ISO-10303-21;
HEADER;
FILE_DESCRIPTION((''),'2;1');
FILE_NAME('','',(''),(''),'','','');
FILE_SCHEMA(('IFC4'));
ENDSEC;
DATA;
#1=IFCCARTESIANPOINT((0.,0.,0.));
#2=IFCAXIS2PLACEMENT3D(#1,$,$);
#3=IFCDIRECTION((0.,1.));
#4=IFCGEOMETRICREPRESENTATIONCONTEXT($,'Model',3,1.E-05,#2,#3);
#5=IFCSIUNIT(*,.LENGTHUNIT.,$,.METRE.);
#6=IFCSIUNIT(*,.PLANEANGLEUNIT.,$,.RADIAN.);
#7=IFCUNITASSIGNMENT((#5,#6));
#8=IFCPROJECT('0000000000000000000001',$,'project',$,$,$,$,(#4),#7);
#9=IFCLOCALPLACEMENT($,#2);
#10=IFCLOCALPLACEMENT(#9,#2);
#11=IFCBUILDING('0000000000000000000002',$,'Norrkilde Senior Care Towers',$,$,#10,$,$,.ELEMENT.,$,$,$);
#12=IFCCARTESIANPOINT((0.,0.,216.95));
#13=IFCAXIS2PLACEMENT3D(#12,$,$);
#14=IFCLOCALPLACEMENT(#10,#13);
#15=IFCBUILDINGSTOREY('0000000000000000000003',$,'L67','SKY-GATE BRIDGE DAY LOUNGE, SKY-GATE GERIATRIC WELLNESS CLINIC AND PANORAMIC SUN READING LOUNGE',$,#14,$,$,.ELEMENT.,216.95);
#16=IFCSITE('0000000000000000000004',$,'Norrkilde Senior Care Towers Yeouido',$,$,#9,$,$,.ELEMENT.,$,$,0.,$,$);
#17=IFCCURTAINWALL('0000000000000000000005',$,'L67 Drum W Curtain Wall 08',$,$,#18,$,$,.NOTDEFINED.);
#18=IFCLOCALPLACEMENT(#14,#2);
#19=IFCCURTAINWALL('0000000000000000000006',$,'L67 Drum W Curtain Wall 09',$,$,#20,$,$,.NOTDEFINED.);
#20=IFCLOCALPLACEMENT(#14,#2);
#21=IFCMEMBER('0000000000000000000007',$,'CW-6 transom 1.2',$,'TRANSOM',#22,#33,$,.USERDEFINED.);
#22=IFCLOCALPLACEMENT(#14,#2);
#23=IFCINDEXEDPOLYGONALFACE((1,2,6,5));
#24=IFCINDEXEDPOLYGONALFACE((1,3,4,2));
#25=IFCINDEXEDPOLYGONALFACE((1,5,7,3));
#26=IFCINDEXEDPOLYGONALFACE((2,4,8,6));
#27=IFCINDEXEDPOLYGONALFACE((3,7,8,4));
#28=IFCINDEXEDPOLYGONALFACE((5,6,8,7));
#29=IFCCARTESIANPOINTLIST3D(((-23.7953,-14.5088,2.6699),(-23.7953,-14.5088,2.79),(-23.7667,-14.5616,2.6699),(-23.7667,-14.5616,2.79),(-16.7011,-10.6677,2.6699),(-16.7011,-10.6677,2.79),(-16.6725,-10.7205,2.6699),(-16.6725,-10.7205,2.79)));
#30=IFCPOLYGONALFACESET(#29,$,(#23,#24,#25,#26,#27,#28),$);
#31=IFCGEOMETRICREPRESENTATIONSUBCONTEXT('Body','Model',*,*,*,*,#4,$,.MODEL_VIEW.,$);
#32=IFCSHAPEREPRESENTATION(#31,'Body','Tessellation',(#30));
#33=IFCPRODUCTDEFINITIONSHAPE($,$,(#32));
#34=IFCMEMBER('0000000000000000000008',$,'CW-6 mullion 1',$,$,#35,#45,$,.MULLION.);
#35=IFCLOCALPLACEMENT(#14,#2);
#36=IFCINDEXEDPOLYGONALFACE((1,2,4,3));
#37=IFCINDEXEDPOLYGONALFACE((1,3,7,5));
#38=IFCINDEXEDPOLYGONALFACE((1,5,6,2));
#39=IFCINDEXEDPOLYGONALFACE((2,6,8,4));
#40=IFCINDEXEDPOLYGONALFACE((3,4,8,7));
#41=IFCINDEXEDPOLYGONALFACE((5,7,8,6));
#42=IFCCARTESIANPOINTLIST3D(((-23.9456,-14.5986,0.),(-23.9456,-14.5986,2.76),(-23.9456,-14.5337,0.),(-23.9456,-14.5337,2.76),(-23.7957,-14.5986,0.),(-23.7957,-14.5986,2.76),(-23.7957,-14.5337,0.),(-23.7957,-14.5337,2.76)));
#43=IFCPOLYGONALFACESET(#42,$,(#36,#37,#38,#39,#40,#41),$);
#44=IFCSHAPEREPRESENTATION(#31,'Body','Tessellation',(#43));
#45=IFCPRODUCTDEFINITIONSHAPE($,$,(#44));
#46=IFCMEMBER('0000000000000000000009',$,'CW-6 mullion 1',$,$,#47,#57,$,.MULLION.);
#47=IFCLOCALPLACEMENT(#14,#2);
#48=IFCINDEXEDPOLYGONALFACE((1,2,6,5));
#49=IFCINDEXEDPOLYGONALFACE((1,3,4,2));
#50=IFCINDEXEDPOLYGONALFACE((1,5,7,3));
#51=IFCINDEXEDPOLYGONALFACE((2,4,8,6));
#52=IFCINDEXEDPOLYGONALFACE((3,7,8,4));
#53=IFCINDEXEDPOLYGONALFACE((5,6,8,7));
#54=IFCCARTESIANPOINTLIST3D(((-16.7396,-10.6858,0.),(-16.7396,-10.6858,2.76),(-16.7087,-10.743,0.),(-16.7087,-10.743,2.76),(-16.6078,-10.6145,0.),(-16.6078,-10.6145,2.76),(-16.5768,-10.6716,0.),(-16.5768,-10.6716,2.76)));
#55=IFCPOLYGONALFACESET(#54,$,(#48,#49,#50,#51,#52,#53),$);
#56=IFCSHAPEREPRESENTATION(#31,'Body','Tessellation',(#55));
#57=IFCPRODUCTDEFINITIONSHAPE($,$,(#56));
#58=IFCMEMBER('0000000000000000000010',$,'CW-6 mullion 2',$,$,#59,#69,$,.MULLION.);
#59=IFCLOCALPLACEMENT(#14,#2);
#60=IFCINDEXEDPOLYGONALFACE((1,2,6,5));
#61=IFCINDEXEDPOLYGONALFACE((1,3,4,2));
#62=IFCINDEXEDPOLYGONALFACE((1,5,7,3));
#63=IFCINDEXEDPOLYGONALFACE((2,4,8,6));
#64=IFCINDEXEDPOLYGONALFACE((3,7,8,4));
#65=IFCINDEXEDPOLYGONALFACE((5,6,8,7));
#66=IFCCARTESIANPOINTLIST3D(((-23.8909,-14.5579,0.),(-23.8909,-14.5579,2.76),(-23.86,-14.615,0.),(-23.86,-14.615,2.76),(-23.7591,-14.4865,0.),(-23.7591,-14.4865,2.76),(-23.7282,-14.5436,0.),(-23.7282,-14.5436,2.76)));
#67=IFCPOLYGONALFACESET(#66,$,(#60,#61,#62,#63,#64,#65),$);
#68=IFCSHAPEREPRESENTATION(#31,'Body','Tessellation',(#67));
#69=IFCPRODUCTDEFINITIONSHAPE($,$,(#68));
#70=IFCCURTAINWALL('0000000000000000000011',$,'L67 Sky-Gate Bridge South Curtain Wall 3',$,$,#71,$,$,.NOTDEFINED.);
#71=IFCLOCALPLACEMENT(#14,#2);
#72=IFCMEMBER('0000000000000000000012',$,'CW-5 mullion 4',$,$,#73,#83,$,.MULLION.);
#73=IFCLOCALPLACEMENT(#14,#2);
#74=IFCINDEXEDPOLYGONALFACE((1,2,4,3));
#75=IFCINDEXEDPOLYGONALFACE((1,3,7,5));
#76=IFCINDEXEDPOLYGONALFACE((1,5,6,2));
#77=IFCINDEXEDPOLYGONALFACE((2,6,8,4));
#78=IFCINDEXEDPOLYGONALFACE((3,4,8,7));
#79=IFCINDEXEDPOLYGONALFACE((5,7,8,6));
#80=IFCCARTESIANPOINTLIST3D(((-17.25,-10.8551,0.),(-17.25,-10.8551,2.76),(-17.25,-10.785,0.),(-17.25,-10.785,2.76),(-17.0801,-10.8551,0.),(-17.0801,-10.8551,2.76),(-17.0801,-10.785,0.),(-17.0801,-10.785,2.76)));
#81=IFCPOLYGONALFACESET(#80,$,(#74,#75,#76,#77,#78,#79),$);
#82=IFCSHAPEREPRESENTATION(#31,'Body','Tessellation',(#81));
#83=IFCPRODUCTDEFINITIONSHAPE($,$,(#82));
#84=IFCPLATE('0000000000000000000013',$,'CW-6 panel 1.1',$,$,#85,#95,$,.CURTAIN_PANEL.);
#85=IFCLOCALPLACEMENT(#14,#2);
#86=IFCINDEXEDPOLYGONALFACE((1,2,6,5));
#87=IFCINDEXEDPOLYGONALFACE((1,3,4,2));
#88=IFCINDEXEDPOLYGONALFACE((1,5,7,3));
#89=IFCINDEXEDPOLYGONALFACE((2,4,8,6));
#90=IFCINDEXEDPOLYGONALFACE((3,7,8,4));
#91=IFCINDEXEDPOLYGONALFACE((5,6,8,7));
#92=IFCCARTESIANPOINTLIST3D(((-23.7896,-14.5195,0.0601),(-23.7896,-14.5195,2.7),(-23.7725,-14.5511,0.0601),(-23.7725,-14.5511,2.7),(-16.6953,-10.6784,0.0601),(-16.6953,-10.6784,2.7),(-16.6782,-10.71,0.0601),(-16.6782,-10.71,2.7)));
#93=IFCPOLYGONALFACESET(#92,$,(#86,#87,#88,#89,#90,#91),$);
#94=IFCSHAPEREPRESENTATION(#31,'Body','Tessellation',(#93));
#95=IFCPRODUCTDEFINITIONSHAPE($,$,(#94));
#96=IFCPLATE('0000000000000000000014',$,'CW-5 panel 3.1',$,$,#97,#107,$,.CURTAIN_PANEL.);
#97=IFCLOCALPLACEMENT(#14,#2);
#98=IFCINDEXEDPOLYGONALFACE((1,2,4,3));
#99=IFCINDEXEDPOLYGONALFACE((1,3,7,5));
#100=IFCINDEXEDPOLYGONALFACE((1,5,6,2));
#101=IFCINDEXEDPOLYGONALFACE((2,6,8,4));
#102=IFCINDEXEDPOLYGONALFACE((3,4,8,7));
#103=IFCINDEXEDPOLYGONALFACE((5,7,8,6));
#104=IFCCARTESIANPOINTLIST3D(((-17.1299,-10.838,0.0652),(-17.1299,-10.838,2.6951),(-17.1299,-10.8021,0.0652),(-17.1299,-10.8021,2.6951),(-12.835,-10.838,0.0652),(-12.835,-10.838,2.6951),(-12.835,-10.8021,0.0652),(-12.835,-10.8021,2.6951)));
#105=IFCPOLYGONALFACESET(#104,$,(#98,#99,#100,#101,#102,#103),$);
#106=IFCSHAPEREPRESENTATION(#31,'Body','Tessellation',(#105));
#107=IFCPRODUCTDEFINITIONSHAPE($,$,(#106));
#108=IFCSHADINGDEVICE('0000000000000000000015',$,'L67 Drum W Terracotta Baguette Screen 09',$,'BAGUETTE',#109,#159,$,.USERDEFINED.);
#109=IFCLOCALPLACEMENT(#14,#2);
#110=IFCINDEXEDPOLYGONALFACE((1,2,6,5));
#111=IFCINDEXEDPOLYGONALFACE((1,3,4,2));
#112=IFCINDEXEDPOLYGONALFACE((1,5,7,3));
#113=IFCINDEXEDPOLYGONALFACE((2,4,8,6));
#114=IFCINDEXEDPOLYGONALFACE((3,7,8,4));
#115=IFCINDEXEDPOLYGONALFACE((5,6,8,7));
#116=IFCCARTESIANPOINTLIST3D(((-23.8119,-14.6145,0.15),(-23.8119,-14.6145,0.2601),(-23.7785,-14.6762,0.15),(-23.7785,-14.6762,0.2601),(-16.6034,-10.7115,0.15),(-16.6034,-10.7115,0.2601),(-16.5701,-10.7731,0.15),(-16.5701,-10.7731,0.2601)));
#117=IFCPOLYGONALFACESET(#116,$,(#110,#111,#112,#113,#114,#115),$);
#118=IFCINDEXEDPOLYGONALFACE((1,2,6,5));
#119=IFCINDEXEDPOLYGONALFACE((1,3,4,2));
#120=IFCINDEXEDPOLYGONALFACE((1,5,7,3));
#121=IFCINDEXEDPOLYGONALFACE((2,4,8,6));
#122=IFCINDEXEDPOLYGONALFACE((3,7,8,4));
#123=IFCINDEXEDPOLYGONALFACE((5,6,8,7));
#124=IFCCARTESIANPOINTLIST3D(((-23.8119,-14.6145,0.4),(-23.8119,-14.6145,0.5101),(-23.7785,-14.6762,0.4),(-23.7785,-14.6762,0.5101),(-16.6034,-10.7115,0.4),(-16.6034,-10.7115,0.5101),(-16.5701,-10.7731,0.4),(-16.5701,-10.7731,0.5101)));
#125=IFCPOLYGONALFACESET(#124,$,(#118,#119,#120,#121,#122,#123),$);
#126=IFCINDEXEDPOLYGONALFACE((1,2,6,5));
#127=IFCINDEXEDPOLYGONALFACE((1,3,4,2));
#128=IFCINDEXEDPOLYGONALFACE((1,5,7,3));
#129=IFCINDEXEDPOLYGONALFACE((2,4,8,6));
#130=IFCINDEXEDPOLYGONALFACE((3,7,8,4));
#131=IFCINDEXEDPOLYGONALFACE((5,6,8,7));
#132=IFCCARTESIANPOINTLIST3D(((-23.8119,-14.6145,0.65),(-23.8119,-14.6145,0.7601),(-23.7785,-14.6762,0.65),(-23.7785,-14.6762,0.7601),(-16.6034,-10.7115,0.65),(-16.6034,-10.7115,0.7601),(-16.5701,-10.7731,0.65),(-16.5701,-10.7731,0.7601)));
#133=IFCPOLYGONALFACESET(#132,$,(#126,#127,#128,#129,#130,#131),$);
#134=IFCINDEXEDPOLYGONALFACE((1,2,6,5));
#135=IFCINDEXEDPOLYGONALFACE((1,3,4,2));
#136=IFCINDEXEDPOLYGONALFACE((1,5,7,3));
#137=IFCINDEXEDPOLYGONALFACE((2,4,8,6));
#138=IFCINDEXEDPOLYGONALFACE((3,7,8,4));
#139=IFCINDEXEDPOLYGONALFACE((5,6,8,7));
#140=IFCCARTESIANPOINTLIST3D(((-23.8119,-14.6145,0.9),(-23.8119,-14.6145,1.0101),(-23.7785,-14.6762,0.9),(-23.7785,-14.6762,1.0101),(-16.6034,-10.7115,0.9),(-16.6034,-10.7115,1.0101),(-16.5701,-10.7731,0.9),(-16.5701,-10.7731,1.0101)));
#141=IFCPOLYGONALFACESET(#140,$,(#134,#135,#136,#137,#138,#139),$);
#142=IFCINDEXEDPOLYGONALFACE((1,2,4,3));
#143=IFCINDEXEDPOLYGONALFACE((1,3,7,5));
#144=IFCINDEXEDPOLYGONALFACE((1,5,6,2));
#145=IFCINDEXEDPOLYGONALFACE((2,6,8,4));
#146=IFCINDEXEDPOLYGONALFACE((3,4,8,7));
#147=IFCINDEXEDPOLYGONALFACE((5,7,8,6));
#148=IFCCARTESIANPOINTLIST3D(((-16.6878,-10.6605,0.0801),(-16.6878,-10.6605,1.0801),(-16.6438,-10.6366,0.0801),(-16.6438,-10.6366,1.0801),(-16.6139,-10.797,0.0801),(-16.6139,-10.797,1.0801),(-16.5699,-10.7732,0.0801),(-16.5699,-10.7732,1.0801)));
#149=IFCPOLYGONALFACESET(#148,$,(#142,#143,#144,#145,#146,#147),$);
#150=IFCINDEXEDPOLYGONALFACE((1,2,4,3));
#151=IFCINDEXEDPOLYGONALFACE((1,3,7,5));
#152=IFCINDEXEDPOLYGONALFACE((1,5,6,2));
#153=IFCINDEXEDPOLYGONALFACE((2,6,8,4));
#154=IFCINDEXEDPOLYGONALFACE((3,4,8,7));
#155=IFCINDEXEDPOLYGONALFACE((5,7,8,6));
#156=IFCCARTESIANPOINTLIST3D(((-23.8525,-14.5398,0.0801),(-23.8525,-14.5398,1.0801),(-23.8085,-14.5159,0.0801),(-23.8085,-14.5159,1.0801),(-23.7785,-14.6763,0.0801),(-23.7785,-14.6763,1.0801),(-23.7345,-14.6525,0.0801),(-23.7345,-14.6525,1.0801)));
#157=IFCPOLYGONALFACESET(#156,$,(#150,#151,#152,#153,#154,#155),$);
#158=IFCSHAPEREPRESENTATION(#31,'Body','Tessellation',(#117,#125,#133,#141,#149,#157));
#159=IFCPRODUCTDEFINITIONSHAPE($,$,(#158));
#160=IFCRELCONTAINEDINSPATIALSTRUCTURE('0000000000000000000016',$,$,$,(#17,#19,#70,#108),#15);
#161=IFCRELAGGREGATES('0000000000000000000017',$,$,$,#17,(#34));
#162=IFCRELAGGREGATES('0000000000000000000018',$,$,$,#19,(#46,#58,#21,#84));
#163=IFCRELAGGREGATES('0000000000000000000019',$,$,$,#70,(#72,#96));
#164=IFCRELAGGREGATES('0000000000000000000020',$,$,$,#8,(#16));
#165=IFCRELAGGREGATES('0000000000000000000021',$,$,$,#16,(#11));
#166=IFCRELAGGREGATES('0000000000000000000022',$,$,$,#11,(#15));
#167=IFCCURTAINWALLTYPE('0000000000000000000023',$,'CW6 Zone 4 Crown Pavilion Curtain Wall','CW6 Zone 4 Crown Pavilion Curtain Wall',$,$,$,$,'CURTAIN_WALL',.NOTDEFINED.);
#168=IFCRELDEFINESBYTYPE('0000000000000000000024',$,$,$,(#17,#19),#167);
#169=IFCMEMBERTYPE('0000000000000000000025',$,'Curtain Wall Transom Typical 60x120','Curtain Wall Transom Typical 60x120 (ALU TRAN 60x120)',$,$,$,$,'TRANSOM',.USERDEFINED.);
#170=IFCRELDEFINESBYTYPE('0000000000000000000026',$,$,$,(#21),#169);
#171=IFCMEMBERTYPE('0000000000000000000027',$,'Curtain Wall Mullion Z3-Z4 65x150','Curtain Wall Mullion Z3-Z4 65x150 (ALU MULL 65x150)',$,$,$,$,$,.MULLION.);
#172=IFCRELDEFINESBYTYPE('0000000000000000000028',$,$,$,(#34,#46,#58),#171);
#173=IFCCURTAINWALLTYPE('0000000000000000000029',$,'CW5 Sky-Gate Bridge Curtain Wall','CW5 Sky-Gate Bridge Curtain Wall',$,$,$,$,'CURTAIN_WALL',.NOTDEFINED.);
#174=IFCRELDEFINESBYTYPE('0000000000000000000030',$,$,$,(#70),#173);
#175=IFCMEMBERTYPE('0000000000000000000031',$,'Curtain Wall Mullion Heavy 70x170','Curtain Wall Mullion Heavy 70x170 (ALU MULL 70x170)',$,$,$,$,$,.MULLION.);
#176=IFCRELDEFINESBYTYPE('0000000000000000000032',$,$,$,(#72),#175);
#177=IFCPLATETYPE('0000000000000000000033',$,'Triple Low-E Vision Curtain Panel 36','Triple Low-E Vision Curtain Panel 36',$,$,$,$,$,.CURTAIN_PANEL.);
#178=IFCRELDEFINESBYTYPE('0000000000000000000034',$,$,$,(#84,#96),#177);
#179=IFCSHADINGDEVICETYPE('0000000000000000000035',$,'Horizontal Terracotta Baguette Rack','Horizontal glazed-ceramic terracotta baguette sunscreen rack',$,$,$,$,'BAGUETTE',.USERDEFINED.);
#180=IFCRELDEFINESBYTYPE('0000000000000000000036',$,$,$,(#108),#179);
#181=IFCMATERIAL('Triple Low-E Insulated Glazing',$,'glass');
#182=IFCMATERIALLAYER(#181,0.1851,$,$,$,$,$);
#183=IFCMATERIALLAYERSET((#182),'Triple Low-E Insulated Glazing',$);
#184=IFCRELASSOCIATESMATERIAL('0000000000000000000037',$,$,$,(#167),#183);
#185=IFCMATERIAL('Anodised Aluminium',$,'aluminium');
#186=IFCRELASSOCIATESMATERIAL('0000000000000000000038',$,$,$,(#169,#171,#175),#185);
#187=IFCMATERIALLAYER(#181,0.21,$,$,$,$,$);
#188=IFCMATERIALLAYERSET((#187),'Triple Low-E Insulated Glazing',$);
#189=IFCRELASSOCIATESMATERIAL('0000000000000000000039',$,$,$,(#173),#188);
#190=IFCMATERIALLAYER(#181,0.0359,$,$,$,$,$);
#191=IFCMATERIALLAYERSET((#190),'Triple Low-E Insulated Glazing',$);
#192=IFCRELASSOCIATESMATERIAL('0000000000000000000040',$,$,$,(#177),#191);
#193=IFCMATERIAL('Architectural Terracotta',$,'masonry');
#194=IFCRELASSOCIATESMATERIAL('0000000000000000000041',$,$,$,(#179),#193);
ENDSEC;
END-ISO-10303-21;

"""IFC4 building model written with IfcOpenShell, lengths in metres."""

from ifc_helpers import new_model, si_unit, direction, frame, origin, origin_2d, place, context, subcontext, project, spatial, rectangle, extrude, source, transform, mapped, material, layer, layer_set, material_profile, profile_set, type_object, type_shapes, element, aggregate, save


model = new_model("IFC4")

# Units and contexts
model_context = context("Model", 3, precision=1e-05, world=origin(), true_north=direction((0.0, 1.0)))
body_context = subcontext(model_context, "Body", "Model", "MODEL_VIEW")
ifc_project = project(units=[si_unit("LENGTHUNIT", "METRE"), si_unit("PLANEANGLEUNIT", "RADIAN")], contexts=[model_context])

# Site, building, storey
site_placement = place(None, origin())
site = spatial("IfcSite", under=ifc_project, at=site_placement, Name="Norrkilde Senior Care Towers Yeouido", CompositionType="ELEMENT", RefElevation=0.0)
building_placement = place(site_placement, origin())
building = spatial("IfcBuilding", under=site, at=building_placement, Name="Norrkilde Senior Care Towers", CompositionType="ELEMENT")
storey_placement = place(building_placement, frame((0.0, 0.0, 216.95)))
storey = spatial("IfcBuildingStorey", under=building, at=storey_placement, Name="L67", Description="SKY-GATE BRIDGE DAY LOUNGE, SKY-GATE GERIATRIC WELLNESS CLINIC AND PANORAMIC SUN READING LOUNGE", CompositionType="ELEMENT", Elevation=216.95)

# Curtain walls, member
ifc_material_1 = material(Name="Triple Low-E Insulated Glazing", Category="glass")
ifc_layer_1 = layer(ifc_material_1, 0.1851)
ifc_layer_set_1 = layer_set([ifc_layer_1], Name="Triple Low-E Insulated Glazing")
curtain_wall_type_1 = type_object("IfcCurtainWallType", Name="CW6 Zone 4 Crown Pavilion Curtain Wall", Description="CW6 Zone 4 Crown Pavilion Curtain Wall", ElementType="CURTAIN_WALL", PredefinedType="NOTDEFINED", material=ifc_layer_set_1)
curtain_wall_1_placement = place(storey_placement, origin())
curtain_wall_1 = element("IfcCurtainWall", 1, at=curtain_wall_1_placement, inside=storey, type_object=curtain_wall_type_1, Name="L67 Drum W Curtain Wall 08", PredefinedType="NOTDEFINED")
ifc_material_2 = material(Name="Anodised Aluminium", Category="aluminium")
ifc_material_profile_1 = material_profile(ifc_material_2, rectangle(XDim=0.0601, YDim=0.1201, at=origin_2d()), Name="ALU TRAN 60x120")
ifc_profile_set_1 = profile_set([ifc_material_profile_1], Name="Anodised Aluminium")
member_type_1 = type_object("IfcMemberType", Name="Curtain Wall Transom Typical 60x120", Description="Curtain Wall Transom Typical 60x120 (ALU TRAN 60x120)", ElementType="TRANSOM", PredefinedType="USERDEFINED", material=ifc_profile_set_1)
curtain_wall_2_placement = place(storey_placement, origin())
curtain_wall_2 = element("IfcCurtainWall", 2, at=curtain_wall_2_placement, inside=storey, type_object=curtain_wall_type_1, Name="L67 Drum W Curtain Wall 09", PredefinedType="NOTDEFINED")
shared_shape_1 = source(origin(), body_context, "Body", "SweptSolid", [
    extrude(rectangle(XDim=0.0601, YDim=0.1201, at=origin_2d()), origin(), (0.0, 0.0, 1.0), 8.0674),
])
member_1_placement = place(storey_placement, frame((-16.6868, -10.6941, 2.73), z_axis=(-0.879378, -0.476125, 0.0), x_axis=(0.476125, -0.879378, 0.0)))
member_1 = element("IfcMember", 3, at=member_1_placement, type_object=member_type_1, Name="CW-6 transom 1.2", ObjectType="TRANSOM", PredefinedType="USERDEFINED", context=body_context, shape_type="MappedRepresentation", body=[
    mapped(shared_shape_1, transform((0.0, 0.0, 0.0), x_axis=(1.0, 0.0, 0.0), y_axis=(0.0, 1.0, 0.0), z_axis=(0.0, 0.0, 1.0), scale=1.0)),
])

# Members
ifc_material_profile_2 = material_profile(ifc_material_2, rectangle(XDim=0.0649, YDim=0.1499, at=origin_2d()), Name="ALU MULL 65x150")
ifc_profile_set_2 = profile_set([ifc_material_profile_2], Name="Anodised Aluminium")
member_type_2 = type_object("IfcMemberType", Name="Curtain Wall Mullion Z3-Z4 65x150", Description="Curtain Wall Mullion Z3-Z4 65x150 (ALU MULL 65x150)", PredefinedType="MULLION", material=ifc_profile_set_2)
shared_shape_2 = source(origin(), body_context, "Body", "SweptSolid", [
    extrude(rectangle(XDim=0.0649, YDim=0.1499, at=origin_2d()), origin(), (0.0, 0.0, 1.0), 2.76),
])
type_shapes(member_type_2, [shared_shape_2])
member_2_placement = place(storey_placement, frame((-23.8706, -14.5662, 0.0), z_axis=(0.0, 0.0, 1.0), x_axis=(0.0, -1.0, 0.0)))
member_2 = element("IfcMember", 4, at=member_2_placement, type_object=member_type_2, Name="CW-6 mullion 1", PredefinedType="MULLION", context=body_context, shape_type="MappedRepresentation", body=[
    mapped(shared_shape_2, transform((0.0, 0.0, 0.0), x_axis=(1.0, 0.0, 0.0), y_axis=(0.0, 1.0, 0.0), z_axis=(0.0, 0.0, 1.0), scale=1.0)),
])
aggregate(curtain_wall_1, [member_2])
member_3_placement = place(storey_placement, frame((-16.6582, -10.6787, 0.0), z_axis=(0.0, 0.0, 1.0), x_axis=(0.476133, -0.879373, 0.0)))
member_3 = element("IfcMember", 5, at=member_3_placement, type_object=member_type_2, Name="CW-6 mullion 1", PredefinedType="MULLION", context=body_context, shape_type="MappedRepresentation", body=[
    mapped(shared_shape_2, transform((0.0, 0.0, 0.0), x_axis=(1.0, 0.0, 0.0), y_axis=(0.0, 1.0, 0.0), z_axis=(0.0, 0.0, 1.0), scale=1.0)),
])
member_4_placement = place(storey_placement, frame((-23.8096, -14.5508, 0.0), z_axis=(0.0, 0.0, 1.0), x_axis=(0.476133, -0.879373, 0.0)))
member_4 = element("IfcMember", 6, at=member_4_placement, type_object=member_type_2, Name="CW-6 mullion 2", PredefinedType="MULLION", context=body_context, shape_type="MappedRepresentation", body=[
    mapped(shared_shape_2, transform((0.0, 0.0, 0.0), x_axis=(1.0, 0.0, 0.0), y_axis=(0.0, 1.0, 0.0), z_axis=(0.0, 0.0, 1.0), scale=1.0)),
])

# Curtain wall, member
ifc_layer_2 = layer(ifc_material_1, 0.21)
ifc_layer_set_2 = layer_set([ifc_layer_2], Name="Triple Low-E Insulated Glazing")
curtain_wall_type_2 = type_object("IfcCurtainWallType", Name="CW5 Sky-Gate Bridge Curtain Wall", Description="CW5 Sky-Gate Bridge Curtain Wall", ElementType="CURTAIN_WALL", PredefinedType="NOTDEFINED", material=ifc_layer_set_2)
curtain_wall_3_placement = place(storey_placement, origin())
curtain_wall_3 = element("IfcCurtainWall", 7, at=curtain_wall_3_placement, inside=storey, type_object=curtain_wall_type_2, Name="L67 Sky-Gate Bridge South Curtain Wall 3", PredefinedType="NOTDEFINED")
ifc_material_profile_3 = material_profile(ifc_material_2, rectangle(XDim=0.0701, YDim=0.1699, at=origin_2d()), Name="ALU MULL 70x170")
ifc_profile_set_3 = profile_set([ifc_material_profile_3], Name="Anodised Aluminium")
member_type_3 = type_object("IfcMemberType", Name="Curtain Wall Mullion Heavy 70x170", Description="Curtain Wall Mullion Heavy 70x170 (ALU MULL 70x170)", PredefinedType="MULLION", material=ifc_profile_set_3)
shared_shape_3 = source(origin(), body_context, "Body", "SweptSolid", [
    extrude(rectangle(XDim=0.0701, YDim=0.1699, at=origin_2d()), origin(), (0.0, 0.0, 1.0), 2.76),
])
type_shapes(member_type_3, [shared_shape_3])
member_5_placement = place(storey_placement, frame((-17.165, -10.8201, 0.0), z_axis=(0.0, 0.0, 1.0), x_axis=(0.0, -1.0, 0.0)))
member_5 = element("IfcMember", 8, at=member_5_placement, type_object=member_type_3, Name="CW-5 mullion 4", PredefinedType="MULLION", context=body_context, shape_type="MappedRepresentation", body=[
    mapped(shared_shape_3, transform((0.0, 0.0, 0.0), x_axis=(1.0, 0.0, 0.0), y_axis=(0.0, 1.0, 0.0), z_axis=(0.0, 0.0, 1.0), scale=1.0)),
])

# Plates
ifc_layer_3 = layer(ifc_material_1, 0.0359)
ifc_layer_set_3 = layer_set([ifc_layer_3], Name="Triple Low-E Insulated Glazing")
plate_type = type_object("IfcPlateType", Name="Triple Low-E Vision Curtain Panel 36", Description="Triple Low-E Vision Curtain Panel 36", PredefinedType="CURTAIN_PANEL", material=ifc_layer_set_3)
shared_shape_4 = source(origin(), body_context, "Body", "SweptSolid", [
    extrude(rectangle(XDim=8.0674, YDim=0.0359, at=origin_2d()), origin(), (0.0, 0.0, 1.0), 2.6399),
])
plate_1_placement = place(storey_placement, frame((-20.2339, -12.6147, 0.0601), z_axis=(0.0, 0.0, 1.0), x_axis=(-0.879373, -0.476133, 0.0)))
plate_1 = element("IfcPlate", 9, at=plate_1_placement, type_object=plate_type, Name="CW-6 panel 1.1", PredefinedType="CURTAIN_PANEL", context=body_context, shape_type="MappedRepresentation", body=[
    mapped(shared_shape_4, transform((0.0, 0.0, 0.0), x_axis=(1.0, 0.0, 0.0), y_axis=(0.0, 1.0, 0.0), z_axis=(0.0, 0.0, 1.0), scale=1.0)),
])
aggregate(curtain_wall_2, [member_3, member_4, member_1, plate_1])
shared_shape_5 = source(origin(), body_context, "Body", "SweptSolid", [
    extrude(rectangle(XDim=4.2949, YDim=0.0359, at=origin_2d()), origin(), (0.0, 0.0, 1.0), 2.6299),
])
type_shapes(plate_type, [shared_shape_4, shared_shape_5])
plate_2_placement = place(storey_placement, frame((-14.9824, -10.8201, 0.0652), z_axis=(0.0, 0.0, 1.0), x_axis=(-1.0, 0.0, 0.0)))
plate_2 = element("IfcPlate", 10, at=plate_2_placement, type_object=plate_type, Name="CW-5 panel 3.1", PredefinedType="CURTAIN_PANEL", context=body_context, shape_type="MappedRepresentation", body=[
    mapped(shared_shape_5, transform((0.0, 0.0, 0.0), x_axis=(1.0, 0.0, 0.0), y_axis=(0.0, 1.0, 0.0), z_axis=(0.0, 0.0, 1.0), scale=1.0)),
])
aggregate(curtain_wall_3, [member_5, plate_2])

# Shading device
ifc_material_3 = material(Name="Architectural Terracotta", Category="masonry")
shading_device_type = type_object("IfcShadingDeviceType", Name="Horizontal Terracotta Baguette Rack", Description="Horizontal glazed-ceramic terracotta baguette sunscreen rack", ElementType="BAGUETTE", PredefinedType="USERDEFINED", material=ifc_material_3)
shared_shape_6 = source(origin(), body_context, "Body", "SweptSolid", [
    extrude(rectangle(XDim=0.0701, YDim=0.1101, at=origin_2d()), frame((0.0, 0.0901, 0.125), z_axis=(1.0, 0.0, 0.0), x_axis=(0.0, 1.0, 0.0)), (0.0, 0.0, 1.0), 8.1973),
    extrude(rectangle(XDim=0.0701, YDim=0.1101, at=origin_2d()), frame((0.0, 0.0901, 0.375), z_axis=(1.0, 0.0, 0.0), x_axis=(0.0, 1.0, 0.0)), (0.0, 0.0, 1.0), 8.1973),
    extrude(rectangle(XDim=0.0701, YDim=0.1101, at=origin_2d()), frame((0.0, 0.0901, 0.625), z_axis=(1.0, 0.0, 0.0), x_axis=(0.0, 1.0, 0.0)), (0.0, 0.0, 1.0), 8.1973),
    extrude(rectangle(XDim=0.0701, YDim=0.1101, at=origin_2d()), frame((0.0, 0.0901, 0.875), z_axis=(1.0, 0.0, 0.0), x_axis=(0.0, 1.0, 0.0)), (0.0, 0.0, 1.0), 8.1973),
    extrude(rectangle(XDim=0.05, YDim=0.1553, at=origin_2d()), frame((0.0249, 0.0476, 0.0)), (0.0, 0.0, 1.0), 1.0),
    extrude(rectangle(XDim=0.05, YDim=0.1553, at=origin_2d()), frame((8.1724, 0.0476, 0.0)), (0.0, 0.0, 1.0), 1.0),
])
type_shapes(shading_device_type, [shared_shape_6])
shading_device_placement = place(storey_placement, frame((-16.6296, -10.6631, 0.0801), z_axis=(0.0, 0.0, 1.0), x_axis=(-0.879378, -0.476144, 0.0)))
element("IfcShadingDevice", 11, at=shading_device_placement, inside=storey, type_object=shading_device_type, Name="L67 Drum W Terracotta Baguette Screen 09", ObjectType="BAGUETTE", PredefinedType="USERDEFINED", context=body_context, shape_type="MappedRepresentation", body=[
    mapped(shared_shape_6, transform((0.0, 0.0, 0.0), x_axis=(1.0, 0.0, 0.0), y_axis=(0.0, 1.0, 0.0), z_axis=(0.0, 0.0, 1.0), scale=1.0)),
])

save(model, "model.ifc")
